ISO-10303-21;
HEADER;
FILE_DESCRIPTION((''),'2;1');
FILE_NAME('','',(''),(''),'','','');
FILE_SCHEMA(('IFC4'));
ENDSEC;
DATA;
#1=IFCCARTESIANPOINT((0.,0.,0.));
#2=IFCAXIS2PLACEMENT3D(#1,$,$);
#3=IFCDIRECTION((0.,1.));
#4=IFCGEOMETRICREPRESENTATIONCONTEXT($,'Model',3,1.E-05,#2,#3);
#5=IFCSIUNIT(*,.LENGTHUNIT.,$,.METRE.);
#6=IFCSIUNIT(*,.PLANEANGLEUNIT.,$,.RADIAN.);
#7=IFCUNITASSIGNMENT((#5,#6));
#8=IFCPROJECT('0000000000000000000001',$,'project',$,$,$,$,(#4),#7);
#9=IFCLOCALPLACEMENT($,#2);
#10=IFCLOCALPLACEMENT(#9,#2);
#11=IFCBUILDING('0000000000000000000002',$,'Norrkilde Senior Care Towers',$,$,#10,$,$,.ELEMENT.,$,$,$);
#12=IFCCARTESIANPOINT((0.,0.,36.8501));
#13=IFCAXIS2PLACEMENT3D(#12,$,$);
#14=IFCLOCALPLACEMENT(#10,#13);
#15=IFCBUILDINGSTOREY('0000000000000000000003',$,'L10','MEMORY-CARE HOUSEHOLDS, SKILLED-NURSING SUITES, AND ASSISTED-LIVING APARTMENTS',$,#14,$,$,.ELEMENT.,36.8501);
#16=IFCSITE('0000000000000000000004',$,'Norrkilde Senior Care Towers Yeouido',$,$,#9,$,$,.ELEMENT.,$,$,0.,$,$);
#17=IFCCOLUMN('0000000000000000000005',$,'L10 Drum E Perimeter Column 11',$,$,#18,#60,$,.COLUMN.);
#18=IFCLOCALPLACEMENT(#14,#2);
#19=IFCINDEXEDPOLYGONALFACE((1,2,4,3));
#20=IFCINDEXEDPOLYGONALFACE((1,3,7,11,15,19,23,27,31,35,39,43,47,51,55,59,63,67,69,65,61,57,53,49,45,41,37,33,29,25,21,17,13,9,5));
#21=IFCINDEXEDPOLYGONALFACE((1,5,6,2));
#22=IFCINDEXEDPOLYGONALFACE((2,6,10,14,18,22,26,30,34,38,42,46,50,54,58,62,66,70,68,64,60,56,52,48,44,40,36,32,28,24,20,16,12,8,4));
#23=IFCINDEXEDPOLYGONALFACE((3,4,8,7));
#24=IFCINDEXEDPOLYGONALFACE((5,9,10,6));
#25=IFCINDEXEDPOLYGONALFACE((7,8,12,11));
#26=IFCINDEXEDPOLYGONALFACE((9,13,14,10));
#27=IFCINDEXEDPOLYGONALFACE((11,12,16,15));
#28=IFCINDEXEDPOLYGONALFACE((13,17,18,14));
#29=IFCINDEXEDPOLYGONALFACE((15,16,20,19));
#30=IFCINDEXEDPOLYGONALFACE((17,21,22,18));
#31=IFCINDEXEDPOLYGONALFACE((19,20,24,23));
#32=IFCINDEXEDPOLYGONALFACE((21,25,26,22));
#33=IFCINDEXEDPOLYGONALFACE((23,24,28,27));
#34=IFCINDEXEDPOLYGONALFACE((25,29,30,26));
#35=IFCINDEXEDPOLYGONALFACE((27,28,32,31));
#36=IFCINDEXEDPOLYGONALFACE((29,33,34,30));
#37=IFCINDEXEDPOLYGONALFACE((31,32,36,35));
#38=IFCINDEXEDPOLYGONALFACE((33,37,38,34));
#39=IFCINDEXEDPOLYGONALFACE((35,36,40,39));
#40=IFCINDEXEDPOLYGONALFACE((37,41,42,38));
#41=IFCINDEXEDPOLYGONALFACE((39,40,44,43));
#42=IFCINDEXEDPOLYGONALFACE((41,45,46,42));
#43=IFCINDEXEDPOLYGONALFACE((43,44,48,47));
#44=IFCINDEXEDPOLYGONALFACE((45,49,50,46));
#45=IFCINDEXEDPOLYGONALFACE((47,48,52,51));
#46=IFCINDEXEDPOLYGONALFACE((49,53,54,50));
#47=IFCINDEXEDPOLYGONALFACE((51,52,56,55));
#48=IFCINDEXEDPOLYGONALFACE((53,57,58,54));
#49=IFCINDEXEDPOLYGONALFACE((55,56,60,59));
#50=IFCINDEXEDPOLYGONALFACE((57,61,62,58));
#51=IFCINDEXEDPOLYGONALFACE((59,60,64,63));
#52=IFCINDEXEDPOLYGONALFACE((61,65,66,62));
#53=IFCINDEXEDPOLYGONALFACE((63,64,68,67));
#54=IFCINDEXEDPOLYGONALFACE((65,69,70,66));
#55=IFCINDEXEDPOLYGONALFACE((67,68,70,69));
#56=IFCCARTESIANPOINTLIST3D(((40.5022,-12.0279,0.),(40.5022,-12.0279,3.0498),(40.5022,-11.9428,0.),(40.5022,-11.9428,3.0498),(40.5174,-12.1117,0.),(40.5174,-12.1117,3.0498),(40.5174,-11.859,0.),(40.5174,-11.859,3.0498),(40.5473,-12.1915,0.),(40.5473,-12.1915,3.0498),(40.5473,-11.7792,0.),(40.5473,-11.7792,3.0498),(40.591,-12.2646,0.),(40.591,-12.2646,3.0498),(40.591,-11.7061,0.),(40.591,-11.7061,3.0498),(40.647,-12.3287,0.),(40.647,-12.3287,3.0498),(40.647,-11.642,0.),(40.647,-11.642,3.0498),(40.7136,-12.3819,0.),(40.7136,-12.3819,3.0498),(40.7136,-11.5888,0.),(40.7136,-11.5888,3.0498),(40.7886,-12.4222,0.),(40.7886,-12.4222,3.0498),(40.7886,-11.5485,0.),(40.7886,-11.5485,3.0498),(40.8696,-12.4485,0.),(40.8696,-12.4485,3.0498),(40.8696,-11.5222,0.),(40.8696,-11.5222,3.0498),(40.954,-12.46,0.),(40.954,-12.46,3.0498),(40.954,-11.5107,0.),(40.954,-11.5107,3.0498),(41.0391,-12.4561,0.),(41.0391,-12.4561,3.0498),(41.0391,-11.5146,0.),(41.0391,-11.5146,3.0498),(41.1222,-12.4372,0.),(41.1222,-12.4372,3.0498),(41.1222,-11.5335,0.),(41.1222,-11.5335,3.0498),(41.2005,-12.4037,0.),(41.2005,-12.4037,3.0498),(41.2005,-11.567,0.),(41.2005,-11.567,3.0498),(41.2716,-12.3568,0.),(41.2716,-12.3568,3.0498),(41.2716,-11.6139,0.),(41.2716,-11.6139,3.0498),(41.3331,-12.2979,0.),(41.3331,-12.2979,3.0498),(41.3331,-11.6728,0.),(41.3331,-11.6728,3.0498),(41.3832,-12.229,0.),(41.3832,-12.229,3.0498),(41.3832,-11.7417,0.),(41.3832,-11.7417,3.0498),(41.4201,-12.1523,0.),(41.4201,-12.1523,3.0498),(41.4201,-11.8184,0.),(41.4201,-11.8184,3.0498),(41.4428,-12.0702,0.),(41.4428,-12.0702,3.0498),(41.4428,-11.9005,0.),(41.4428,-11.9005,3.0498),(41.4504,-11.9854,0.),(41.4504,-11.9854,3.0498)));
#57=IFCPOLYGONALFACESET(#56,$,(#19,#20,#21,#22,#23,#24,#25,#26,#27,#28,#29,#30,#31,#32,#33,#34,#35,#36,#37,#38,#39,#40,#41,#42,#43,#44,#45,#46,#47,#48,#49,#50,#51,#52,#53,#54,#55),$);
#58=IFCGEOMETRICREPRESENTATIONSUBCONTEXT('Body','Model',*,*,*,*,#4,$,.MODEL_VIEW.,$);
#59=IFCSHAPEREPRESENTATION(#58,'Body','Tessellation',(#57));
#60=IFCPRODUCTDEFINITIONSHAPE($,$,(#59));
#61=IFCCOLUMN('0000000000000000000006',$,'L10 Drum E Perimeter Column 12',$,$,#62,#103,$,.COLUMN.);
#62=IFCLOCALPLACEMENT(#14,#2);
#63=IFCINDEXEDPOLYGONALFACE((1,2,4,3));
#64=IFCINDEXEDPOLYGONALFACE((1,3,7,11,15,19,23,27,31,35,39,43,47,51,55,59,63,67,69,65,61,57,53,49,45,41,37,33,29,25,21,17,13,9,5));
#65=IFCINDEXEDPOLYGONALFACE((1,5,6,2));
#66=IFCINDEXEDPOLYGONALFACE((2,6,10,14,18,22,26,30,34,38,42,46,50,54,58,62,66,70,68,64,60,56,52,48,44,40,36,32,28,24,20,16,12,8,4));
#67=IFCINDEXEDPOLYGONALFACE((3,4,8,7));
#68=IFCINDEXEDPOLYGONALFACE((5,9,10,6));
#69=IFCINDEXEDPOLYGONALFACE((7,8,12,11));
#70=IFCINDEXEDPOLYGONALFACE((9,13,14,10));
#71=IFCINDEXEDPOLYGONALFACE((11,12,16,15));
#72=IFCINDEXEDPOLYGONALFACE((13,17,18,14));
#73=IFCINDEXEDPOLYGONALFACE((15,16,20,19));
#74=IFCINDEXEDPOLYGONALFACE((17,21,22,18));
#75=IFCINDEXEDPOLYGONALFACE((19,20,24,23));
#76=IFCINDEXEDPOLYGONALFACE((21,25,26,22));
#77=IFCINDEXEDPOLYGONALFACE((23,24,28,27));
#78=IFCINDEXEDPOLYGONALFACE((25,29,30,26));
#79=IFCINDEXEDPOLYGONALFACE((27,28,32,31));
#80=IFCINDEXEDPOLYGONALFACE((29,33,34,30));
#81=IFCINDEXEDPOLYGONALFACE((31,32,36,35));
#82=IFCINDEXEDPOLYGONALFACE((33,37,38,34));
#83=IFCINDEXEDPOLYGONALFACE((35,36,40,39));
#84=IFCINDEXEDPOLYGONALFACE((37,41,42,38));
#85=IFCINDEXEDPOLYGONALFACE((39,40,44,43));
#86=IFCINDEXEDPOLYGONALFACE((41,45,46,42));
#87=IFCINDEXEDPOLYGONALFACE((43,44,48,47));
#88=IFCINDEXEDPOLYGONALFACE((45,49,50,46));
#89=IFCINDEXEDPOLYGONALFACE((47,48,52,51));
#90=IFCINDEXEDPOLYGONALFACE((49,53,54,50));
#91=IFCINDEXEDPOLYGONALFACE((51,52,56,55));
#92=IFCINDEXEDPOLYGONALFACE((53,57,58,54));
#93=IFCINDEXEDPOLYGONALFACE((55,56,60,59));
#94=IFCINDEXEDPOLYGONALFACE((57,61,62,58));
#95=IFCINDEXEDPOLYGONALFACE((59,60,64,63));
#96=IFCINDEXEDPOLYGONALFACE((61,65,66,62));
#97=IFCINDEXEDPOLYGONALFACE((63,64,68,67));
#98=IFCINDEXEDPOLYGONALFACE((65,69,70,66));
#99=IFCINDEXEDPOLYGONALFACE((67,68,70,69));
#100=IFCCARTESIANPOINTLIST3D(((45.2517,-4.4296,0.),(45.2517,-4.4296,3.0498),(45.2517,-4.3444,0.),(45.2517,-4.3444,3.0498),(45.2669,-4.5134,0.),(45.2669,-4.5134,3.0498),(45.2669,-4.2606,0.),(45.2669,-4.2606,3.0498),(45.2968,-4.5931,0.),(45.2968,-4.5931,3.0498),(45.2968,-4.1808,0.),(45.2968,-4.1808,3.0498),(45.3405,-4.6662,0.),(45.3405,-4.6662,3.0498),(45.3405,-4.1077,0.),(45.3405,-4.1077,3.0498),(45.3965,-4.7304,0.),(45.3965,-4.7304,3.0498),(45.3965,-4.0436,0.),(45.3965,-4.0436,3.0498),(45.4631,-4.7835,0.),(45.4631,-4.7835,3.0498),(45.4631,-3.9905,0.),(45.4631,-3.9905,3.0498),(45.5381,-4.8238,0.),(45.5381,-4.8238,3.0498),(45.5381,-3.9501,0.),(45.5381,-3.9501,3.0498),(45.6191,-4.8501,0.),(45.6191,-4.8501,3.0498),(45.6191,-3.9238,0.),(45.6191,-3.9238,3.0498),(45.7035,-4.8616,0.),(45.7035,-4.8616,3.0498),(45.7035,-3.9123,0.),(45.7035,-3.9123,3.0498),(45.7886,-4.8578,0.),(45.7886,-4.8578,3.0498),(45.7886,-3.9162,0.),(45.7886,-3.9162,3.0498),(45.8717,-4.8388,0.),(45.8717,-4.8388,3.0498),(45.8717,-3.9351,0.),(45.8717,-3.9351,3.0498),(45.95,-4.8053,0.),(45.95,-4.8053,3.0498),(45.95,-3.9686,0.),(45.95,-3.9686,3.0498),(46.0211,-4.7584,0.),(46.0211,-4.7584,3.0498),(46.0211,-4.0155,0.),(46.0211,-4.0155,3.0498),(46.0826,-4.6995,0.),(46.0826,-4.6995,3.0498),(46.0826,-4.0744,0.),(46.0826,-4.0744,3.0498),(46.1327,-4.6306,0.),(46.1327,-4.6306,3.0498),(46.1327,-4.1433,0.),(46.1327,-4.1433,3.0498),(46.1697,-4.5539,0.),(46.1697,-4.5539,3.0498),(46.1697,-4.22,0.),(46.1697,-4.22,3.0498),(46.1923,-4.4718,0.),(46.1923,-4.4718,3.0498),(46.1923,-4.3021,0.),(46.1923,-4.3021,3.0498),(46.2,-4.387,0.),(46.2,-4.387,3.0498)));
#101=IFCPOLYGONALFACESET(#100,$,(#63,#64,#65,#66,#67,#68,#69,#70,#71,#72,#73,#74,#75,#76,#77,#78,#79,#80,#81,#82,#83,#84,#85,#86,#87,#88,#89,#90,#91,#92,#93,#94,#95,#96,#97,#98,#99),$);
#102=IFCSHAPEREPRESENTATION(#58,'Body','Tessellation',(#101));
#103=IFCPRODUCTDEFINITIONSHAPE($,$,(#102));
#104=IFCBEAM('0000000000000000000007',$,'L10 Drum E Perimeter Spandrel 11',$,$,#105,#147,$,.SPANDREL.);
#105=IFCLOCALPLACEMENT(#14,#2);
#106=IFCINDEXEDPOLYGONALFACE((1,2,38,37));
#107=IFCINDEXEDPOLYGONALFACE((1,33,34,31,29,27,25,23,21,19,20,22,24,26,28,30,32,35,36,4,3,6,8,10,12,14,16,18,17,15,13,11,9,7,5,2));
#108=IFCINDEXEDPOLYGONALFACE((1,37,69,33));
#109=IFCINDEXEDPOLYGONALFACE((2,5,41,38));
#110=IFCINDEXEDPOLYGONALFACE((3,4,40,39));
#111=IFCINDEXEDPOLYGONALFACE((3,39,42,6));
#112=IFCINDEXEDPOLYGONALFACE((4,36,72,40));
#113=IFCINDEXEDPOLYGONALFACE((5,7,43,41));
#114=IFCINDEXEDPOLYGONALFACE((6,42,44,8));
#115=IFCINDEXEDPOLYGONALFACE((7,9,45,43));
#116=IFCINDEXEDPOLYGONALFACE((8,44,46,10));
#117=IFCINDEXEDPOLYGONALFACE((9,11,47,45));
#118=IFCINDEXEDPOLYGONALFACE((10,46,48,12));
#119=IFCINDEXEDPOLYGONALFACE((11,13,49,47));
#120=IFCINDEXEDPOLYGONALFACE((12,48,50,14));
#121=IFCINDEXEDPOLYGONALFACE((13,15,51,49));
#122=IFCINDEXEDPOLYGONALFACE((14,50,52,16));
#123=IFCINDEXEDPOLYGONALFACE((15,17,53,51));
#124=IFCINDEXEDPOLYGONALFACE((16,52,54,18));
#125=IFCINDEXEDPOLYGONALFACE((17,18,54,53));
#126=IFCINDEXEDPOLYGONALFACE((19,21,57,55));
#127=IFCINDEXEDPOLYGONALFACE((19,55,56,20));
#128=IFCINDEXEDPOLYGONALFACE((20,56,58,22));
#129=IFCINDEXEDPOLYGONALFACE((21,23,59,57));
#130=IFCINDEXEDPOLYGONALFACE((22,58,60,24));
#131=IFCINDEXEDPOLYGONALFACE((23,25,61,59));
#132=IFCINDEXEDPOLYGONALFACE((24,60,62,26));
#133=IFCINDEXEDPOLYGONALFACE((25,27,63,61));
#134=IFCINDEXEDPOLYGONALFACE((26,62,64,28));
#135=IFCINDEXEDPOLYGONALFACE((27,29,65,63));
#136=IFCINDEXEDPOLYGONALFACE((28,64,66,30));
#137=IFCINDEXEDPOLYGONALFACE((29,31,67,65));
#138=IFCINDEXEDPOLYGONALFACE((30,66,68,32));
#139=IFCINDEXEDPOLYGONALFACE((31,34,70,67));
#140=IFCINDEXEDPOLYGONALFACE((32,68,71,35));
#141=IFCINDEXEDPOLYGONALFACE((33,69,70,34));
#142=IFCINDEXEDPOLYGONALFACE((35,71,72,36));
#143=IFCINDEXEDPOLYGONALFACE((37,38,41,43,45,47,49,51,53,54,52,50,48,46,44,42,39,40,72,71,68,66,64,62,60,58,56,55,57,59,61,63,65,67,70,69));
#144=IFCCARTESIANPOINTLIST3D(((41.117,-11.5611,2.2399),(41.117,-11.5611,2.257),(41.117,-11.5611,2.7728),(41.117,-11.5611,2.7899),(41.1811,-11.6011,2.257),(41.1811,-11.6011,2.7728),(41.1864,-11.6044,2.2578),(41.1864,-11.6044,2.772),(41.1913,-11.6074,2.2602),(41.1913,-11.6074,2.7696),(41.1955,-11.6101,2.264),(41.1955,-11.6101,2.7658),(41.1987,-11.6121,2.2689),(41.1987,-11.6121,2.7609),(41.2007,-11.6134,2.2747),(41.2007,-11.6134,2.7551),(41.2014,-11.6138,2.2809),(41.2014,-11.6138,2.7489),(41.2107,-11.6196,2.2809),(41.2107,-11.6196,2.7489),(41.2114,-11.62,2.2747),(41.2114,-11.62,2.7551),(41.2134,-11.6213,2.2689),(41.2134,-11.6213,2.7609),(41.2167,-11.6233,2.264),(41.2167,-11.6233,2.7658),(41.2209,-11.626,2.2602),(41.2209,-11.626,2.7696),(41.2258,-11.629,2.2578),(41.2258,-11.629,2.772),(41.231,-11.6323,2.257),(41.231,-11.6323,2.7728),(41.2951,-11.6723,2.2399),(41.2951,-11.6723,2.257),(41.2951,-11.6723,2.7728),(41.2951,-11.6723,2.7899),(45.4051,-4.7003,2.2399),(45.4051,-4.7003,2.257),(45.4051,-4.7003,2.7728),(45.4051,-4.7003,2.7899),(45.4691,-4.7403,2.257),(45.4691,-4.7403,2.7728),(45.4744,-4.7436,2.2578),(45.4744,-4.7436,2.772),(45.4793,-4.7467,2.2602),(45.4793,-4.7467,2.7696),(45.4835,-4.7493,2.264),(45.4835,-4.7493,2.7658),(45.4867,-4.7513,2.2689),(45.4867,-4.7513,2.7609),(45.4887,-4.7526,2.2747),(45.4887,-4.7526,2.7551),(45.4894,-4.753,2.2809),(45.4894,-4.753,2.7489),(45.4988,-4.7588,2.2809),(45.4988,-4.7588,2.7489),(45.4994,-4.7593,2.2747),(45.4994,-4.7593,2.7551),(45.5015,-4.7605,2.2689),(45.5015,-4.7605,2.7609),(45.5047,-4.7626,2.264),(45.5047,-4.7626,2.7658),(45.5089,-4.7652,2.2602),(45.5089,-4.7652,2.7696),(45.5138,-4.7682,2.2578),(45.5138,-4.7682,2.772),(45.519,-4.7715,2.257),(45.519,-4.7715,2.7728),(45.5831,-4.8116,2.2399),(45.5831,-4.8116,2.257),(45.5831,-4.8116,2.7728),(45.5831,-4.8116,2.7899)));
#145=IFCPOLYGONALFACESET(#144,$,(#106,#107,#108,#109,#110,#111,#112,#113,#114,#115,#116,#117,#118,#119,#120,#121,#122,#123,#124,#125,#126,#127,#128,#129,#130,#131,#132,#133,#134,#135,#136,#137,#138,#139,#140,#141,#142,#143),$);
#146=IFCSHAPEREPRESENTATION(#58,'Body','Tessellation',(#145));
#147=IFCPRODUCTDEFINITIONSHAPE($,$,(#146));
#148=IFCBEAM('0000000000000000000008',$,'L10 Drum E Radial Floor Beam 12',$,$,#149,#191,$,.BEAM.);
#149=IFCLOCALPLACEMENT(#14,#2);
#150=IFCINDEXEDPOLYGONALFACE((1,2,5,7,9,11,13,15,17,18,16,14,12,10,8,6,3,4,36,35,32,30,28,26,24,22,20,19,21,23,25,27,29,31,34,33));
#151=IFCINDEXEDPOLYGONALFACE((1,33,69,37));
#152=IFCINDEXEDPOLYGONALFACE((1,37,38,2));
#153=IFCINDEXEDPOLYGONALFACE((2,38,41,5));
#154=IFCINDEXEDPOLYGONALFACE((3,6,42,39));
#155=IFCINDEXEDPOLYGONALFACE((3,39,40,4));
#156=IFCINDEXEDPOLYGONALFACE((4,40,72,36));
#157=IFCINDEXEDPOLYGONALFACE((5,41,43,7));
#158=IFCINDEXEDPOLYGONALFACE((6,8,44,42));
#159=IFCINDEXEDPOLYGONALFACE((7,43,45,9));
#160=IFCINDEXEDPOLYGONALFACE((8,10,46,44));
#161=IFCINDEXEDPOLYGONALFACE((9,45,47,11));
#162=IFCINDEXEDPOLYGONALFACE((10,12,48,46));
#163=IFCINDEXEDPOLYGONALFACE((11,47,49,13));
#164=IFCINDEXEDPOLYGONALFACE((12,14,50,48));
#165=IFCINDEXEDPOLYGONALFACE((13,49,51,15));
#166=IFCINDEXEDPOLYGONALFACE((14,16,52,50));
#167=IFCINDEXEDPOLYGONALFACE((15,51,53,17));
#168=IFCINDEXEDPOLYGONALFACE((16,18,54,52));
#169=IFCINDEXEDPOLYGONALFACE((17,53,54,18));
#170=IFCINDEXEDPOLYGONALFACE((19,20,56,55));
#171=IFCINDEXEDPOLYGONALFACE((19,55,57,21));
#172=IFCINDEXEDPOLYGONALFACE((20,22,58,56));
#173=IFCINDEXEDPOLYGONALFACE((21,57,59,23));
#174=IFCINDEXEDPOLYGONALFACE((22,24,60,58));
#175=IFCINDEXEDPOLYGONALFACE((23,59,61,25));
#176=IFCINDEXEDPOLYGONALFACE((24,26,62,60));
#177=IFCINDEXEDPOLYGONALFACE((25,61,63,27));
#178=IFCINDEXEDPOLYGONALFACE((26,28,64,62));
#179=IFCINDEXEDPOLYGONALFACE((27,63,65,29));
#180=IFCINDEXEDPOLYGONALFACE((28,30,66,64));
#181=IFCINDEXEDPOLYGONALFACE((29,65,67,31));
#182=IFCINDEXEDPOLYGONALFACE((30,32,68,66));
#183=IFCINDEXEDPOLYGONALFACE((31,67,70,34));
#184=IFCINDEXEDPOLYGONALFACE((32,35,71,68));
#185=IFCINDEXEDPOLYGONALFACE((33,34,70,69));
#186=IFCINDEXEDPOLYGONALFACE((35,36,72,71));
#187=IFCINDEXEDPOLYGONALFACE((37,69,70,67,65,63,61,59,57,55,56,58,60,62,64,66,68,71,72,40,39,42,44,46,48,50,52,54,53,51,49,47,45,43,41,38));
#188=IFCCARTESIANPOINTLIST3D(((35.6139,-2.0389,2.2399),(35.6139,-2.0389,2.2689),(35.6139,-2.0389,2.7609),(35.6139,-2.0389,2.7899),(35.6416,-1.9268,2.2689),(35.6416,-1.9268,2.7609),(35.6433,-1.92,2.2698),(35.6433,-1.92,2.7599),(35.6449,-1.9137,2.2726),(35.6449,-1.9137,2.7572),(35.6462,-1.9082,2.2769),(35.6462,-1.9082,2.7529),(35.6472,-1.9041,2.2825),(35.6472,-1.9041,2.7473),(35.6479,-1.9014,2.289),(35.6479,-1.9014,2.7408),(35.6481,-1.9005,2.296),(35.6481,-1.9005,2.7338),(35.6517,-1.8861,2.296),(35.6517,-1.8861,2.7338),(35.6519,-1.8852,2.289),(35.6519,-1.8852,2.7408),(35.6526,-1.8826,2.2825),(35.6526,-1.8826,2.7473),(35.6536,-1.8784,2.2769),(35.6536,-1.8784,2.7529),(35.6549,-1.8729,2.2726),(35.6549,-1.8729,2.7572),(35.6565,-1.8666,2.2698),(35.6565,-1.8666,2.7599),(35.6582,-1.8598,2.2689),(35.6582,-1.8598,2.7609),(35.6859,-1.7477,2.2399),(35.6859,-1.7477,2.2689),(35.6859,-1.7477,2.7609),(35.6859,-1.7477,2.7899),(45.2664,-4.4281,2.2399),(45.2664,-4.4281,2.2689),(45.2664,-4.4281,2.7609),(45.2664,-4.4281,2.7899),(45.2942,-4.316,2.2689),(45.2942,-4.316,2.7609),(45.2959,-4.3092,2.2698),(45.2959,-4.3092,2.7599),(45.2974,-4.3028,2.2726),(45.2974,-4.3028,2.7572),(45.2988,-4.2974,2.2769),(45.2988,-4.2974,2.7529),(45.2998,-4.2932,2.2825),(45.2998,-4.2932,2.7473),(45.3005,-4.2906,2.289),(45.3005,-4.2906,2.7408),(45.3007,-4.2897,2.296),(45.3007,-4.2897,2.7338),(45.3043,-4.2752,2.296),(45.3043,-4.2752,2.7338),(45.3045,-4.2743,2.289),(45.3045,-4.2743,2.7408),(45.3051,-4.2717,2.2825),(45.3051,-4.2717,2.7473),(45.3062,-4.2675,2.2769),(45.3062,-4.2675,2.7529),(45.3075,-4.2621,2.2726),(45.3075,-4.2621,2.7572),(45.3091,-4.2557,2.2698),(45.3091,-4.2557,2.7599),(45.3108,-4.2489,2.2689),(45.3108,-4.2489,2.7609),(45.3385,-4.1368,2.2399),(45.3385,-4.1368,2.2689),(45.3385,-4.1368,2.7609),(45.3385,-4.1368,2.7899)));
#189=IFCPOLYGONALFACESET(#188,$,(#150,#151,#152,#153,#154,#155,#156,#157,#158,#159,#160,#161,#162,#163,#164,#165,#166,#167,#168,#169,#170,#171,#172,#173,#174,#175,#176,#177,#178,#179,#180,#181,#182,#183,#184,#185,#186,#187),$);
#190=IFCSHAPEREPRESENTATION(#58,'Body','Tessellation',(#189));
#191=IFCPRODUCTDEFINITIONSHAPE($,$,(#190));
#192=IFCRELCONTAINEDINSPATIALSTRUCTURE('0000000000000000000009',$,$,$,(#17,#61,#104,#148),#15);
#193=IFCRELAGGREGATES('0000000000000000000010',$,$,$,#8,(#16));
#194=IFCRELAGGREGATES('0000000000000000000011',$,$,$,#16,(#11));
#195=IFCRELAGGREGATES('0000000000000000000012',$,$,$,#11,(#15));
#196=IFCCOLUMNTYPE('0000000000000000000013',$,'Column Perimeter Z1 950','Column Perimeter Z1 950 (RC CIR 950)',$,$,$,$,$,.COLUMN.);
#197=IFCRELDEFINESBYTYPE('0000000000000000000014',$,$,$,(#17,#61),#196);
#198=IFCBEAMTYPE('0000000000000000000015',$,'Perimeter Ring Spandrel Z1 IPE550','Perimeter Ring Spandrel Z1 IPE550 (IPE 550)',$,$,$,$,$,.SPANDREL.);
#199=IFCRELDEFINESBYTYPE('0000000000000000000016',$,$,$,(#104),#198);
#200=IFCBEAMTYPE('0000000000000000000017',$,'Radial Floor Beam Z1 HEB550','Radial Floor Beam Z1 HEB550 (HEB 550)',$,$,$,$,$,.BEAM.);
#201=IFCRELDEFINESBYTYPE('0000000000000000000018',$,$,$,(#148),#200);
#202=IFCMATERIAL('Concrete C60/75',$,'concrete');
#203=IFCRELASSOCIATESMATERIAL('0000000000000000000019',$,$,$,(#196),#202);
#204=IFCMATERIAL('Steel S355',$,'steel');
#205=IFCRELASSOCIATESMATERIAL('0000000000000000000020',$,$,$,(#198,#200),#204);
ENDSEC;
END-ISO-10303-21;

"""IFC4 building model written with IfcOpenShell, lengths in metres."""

from ifc_helpers import new_model, si_unit, direction, frame, origin, origin_2d, place, context, subcontext, project, spatial, circle, i_section, extrude, source, transform, mapped, material, material_profile, profile_set, type_object, type_shapes, element, save


model = new_model("IFC4")

# Units and contexts
model_context = context("Model", 3, precision=1e-05, world=origin(), true_north=direction((0.0, 1.0)))
body_context = subcontext(model_context, "Body", "Model", "MODEL_VIEW")
ifc_project = project(units=[si_unit("LENGTHUNIT", "METRE"), si_unit("PLANEANGLEUNIT", "RADIAN")], contexts=[model_context])

# Site, building, storey
site_placement = place(None, origin())
site = spatial("IfcSite", under=ifc_project, at=site_placement, Name="Norrkilde Senior Care Towers Yeouido", CompositionType="ELEMENT", RefElevation=0.0)
building_placement = place(site_placement, origin())
building = spatial("IfcBuilding", under=site, at=building_placement, Name="Norrkilde Senior Care Towers", CompositionType="ELEMENT")
storey_placement = place(building_placement, frame((0.0, 0.0, 36.8501)))
storey = spatial("IfcBuildingStorey", under=building, at=storey_placement, Name="L10", Description="MEMORY-CARE HOUSEHOLDS, SKILLED-NURSING SUITES, AND ASSISTED-LIVING APARTMENTS", CompositionType="ELEMENT", Elevation=36.8501)

# Columns
ifc_material_1 = material(Name="Concrete C60/75", Category="concrete")
ifc_material_profile_1 = material_profile(ifc_material_1, circle(Radius=0.4751, at=origin_2d()), Name="RC CIR 950")
ifc_profile_set_1 = profile_set([ifc_material_profile_1], Name="Concrete C60/75")
column_type = type_object("IfcColumnType", Name="Column Perimeter Z1 950", Description="Column Perimeter Z1 950 (RC CIR 950)", PredefinedType="COLUMN", material=ifc_profile_set_1)
shared_shape_1 = source(origin(), body_context, "Body", "SweptSolid", [
    extrude(circle(Radius=0.4751, at=origin_2d()), origin(), (0.0, 0.0, 1.0), 3.0498),
])
type_shapes(column_type, [shared_shape_1])
for number, where, z_axis, x_axis, name in (
    (1, (40.9753, -11.9854, 0.0), (0.0, 0.0, 1.0), (1.0, 0.0, 0.0), "L10 Drum E Perimeter Column 11"),
    (2, (45.7249, -4.387, 0.0), (0.0, 0.0, 1.0), (1.0, 0.0, 0.0), "L10 Drum E Perimeter Column 12"),
):
    element("IfcColumn", number, at=place(storey_placement, frame(where, z_axis=z_axis, x_axis=x_axis)), inside=storey, type_object=column_type, Name=name, PredefinedType="COLUMN", context=body_context, shape_type="MappedRepresentation", body=[
        mapped(shared_shape_1, transform((0.0, 0.0, 0.0), x_axis=(1.0, 0.0, 0.0), y_axis=(0.0, 1.0, 0.0), z_axis=(0.0, 0.0, 1.0), scale=1.0)),
    ])

# Beams
ifc_material_2 = material(Name="Steel S355", Category="steel")
ifc_material_profile_2 = material_profile(ifc_material_2, i_section(OverallWidth=0.21, OverallDepth=0.55, WebThickness=0.011, FlangeThickness=0.0171, FilletRadius=0.0239, at=origin_2d()), Name="IPE 550")
ifc_profile_set_2 = profile_set([ifc_material_profile_2], Name="Steel S355")
beam_type_1 = type_object("IfcBeamType", Name="Perimeter Ring Spandrel Z1 IPE550", Description="Perimeter Ring Spandrel Z1 IPE550 (IPE 550)", PredefinedType="SPANDREL", material=ifc_profile_set_2)
shared_shape_2 = source(origin(), body_context, "Body", "SweptSolid", [
    extrude(i_section(OverallWidth=0.21, OverallDepth=0.55, WebThickness=0.011, FlangeThickness=0.0171, FilletRadius=0.0239, at=origin_2d()), origin(), (0.0, 0.0, 1.0), 8.0906),
])
beam_1_placement = place(storey_placement, frame((41.2061, -11.6167, 2.5149), z_axis=(0.530004, 0.847995, 0.0), x_axis=(-0.847995, 0.530004, 0.0)))
element("IfcBeam", 3, at=beam_1_placement, inside=storey, type_object=beam_type_1, Name="L10 Drum E Perimeter Spandrel 11", PredefinedType="SPANDREL", context=body_context, shape_type="MappedRepresentation", body=[
    mapped(shared_shape_2, transform((0.0, 0.0, 0.0), x_axis=(1.0, 0.0, 0.0), y_axis=(0.0, 1.0, 0.0), z_axis=(0.0, 0.0, 1.0), scale=1.0)),
])
ifc_material_profile_3 = material_profile(ifc_material_2, i_section(OverallWidth=0.3, OverallDepth=0.55, WebThickness=0.0149, FlangeThickness=0.0291, FilletRadius=0.0271, at=origin_2d()), Name="HEB 550")
ifc_profile_set_3 = profile_set([ifc_material_profile_3], Name="Steel S355")
beam_type_2 = type_object("IfcBeamType", Name="Radial Floor Beam Z1 HEB550", Description="Radial Floor Beam Z1 HEB550 (HEB 550)", PredefinedType="BEAM", material=ifc_profile_set_3)
shared_shape_3 = source(origin(), body_context, "Body", "SweptSolid", [
    extrude(i_section(OverallWidth=0.3, OverallDepth=0.55, WebThickness=0.0149, FlangeThickness=0.0291, FilletRadius=0.0271, at=origin_2d()), origin(), (0.0, 0.0, 1.0), 9.9438),
])
type_shapes(beam_type_2, [shared_shape_3])
beam_2_placement = place(storey_placement, frame((35.6499, -1.8933, 2.5149), z_axis=(0.970707, -0.240265, 0.0), x_axis=(0.240265, 0.970707, 0.0)))
element("IfcBeam", 4, at=beam_2_placement, inside=storey, type_object=beam_type_2, Name="L10 Drum E Radial Floor Beam 12", PredefinedType="BEAM", context=body_context, shape_type="MappedRepresentation", body=[
    mapped(shared_shape_3, transform((0.0, 0.0, 0.0), x_axis=(1.0, 0.0, 0.0), y_axis=(0.0, 1.0, 0.0), z_axis=(0.0, 0.0, 1.0), scale=1.0)),
])

save(model, "model.ifc")
